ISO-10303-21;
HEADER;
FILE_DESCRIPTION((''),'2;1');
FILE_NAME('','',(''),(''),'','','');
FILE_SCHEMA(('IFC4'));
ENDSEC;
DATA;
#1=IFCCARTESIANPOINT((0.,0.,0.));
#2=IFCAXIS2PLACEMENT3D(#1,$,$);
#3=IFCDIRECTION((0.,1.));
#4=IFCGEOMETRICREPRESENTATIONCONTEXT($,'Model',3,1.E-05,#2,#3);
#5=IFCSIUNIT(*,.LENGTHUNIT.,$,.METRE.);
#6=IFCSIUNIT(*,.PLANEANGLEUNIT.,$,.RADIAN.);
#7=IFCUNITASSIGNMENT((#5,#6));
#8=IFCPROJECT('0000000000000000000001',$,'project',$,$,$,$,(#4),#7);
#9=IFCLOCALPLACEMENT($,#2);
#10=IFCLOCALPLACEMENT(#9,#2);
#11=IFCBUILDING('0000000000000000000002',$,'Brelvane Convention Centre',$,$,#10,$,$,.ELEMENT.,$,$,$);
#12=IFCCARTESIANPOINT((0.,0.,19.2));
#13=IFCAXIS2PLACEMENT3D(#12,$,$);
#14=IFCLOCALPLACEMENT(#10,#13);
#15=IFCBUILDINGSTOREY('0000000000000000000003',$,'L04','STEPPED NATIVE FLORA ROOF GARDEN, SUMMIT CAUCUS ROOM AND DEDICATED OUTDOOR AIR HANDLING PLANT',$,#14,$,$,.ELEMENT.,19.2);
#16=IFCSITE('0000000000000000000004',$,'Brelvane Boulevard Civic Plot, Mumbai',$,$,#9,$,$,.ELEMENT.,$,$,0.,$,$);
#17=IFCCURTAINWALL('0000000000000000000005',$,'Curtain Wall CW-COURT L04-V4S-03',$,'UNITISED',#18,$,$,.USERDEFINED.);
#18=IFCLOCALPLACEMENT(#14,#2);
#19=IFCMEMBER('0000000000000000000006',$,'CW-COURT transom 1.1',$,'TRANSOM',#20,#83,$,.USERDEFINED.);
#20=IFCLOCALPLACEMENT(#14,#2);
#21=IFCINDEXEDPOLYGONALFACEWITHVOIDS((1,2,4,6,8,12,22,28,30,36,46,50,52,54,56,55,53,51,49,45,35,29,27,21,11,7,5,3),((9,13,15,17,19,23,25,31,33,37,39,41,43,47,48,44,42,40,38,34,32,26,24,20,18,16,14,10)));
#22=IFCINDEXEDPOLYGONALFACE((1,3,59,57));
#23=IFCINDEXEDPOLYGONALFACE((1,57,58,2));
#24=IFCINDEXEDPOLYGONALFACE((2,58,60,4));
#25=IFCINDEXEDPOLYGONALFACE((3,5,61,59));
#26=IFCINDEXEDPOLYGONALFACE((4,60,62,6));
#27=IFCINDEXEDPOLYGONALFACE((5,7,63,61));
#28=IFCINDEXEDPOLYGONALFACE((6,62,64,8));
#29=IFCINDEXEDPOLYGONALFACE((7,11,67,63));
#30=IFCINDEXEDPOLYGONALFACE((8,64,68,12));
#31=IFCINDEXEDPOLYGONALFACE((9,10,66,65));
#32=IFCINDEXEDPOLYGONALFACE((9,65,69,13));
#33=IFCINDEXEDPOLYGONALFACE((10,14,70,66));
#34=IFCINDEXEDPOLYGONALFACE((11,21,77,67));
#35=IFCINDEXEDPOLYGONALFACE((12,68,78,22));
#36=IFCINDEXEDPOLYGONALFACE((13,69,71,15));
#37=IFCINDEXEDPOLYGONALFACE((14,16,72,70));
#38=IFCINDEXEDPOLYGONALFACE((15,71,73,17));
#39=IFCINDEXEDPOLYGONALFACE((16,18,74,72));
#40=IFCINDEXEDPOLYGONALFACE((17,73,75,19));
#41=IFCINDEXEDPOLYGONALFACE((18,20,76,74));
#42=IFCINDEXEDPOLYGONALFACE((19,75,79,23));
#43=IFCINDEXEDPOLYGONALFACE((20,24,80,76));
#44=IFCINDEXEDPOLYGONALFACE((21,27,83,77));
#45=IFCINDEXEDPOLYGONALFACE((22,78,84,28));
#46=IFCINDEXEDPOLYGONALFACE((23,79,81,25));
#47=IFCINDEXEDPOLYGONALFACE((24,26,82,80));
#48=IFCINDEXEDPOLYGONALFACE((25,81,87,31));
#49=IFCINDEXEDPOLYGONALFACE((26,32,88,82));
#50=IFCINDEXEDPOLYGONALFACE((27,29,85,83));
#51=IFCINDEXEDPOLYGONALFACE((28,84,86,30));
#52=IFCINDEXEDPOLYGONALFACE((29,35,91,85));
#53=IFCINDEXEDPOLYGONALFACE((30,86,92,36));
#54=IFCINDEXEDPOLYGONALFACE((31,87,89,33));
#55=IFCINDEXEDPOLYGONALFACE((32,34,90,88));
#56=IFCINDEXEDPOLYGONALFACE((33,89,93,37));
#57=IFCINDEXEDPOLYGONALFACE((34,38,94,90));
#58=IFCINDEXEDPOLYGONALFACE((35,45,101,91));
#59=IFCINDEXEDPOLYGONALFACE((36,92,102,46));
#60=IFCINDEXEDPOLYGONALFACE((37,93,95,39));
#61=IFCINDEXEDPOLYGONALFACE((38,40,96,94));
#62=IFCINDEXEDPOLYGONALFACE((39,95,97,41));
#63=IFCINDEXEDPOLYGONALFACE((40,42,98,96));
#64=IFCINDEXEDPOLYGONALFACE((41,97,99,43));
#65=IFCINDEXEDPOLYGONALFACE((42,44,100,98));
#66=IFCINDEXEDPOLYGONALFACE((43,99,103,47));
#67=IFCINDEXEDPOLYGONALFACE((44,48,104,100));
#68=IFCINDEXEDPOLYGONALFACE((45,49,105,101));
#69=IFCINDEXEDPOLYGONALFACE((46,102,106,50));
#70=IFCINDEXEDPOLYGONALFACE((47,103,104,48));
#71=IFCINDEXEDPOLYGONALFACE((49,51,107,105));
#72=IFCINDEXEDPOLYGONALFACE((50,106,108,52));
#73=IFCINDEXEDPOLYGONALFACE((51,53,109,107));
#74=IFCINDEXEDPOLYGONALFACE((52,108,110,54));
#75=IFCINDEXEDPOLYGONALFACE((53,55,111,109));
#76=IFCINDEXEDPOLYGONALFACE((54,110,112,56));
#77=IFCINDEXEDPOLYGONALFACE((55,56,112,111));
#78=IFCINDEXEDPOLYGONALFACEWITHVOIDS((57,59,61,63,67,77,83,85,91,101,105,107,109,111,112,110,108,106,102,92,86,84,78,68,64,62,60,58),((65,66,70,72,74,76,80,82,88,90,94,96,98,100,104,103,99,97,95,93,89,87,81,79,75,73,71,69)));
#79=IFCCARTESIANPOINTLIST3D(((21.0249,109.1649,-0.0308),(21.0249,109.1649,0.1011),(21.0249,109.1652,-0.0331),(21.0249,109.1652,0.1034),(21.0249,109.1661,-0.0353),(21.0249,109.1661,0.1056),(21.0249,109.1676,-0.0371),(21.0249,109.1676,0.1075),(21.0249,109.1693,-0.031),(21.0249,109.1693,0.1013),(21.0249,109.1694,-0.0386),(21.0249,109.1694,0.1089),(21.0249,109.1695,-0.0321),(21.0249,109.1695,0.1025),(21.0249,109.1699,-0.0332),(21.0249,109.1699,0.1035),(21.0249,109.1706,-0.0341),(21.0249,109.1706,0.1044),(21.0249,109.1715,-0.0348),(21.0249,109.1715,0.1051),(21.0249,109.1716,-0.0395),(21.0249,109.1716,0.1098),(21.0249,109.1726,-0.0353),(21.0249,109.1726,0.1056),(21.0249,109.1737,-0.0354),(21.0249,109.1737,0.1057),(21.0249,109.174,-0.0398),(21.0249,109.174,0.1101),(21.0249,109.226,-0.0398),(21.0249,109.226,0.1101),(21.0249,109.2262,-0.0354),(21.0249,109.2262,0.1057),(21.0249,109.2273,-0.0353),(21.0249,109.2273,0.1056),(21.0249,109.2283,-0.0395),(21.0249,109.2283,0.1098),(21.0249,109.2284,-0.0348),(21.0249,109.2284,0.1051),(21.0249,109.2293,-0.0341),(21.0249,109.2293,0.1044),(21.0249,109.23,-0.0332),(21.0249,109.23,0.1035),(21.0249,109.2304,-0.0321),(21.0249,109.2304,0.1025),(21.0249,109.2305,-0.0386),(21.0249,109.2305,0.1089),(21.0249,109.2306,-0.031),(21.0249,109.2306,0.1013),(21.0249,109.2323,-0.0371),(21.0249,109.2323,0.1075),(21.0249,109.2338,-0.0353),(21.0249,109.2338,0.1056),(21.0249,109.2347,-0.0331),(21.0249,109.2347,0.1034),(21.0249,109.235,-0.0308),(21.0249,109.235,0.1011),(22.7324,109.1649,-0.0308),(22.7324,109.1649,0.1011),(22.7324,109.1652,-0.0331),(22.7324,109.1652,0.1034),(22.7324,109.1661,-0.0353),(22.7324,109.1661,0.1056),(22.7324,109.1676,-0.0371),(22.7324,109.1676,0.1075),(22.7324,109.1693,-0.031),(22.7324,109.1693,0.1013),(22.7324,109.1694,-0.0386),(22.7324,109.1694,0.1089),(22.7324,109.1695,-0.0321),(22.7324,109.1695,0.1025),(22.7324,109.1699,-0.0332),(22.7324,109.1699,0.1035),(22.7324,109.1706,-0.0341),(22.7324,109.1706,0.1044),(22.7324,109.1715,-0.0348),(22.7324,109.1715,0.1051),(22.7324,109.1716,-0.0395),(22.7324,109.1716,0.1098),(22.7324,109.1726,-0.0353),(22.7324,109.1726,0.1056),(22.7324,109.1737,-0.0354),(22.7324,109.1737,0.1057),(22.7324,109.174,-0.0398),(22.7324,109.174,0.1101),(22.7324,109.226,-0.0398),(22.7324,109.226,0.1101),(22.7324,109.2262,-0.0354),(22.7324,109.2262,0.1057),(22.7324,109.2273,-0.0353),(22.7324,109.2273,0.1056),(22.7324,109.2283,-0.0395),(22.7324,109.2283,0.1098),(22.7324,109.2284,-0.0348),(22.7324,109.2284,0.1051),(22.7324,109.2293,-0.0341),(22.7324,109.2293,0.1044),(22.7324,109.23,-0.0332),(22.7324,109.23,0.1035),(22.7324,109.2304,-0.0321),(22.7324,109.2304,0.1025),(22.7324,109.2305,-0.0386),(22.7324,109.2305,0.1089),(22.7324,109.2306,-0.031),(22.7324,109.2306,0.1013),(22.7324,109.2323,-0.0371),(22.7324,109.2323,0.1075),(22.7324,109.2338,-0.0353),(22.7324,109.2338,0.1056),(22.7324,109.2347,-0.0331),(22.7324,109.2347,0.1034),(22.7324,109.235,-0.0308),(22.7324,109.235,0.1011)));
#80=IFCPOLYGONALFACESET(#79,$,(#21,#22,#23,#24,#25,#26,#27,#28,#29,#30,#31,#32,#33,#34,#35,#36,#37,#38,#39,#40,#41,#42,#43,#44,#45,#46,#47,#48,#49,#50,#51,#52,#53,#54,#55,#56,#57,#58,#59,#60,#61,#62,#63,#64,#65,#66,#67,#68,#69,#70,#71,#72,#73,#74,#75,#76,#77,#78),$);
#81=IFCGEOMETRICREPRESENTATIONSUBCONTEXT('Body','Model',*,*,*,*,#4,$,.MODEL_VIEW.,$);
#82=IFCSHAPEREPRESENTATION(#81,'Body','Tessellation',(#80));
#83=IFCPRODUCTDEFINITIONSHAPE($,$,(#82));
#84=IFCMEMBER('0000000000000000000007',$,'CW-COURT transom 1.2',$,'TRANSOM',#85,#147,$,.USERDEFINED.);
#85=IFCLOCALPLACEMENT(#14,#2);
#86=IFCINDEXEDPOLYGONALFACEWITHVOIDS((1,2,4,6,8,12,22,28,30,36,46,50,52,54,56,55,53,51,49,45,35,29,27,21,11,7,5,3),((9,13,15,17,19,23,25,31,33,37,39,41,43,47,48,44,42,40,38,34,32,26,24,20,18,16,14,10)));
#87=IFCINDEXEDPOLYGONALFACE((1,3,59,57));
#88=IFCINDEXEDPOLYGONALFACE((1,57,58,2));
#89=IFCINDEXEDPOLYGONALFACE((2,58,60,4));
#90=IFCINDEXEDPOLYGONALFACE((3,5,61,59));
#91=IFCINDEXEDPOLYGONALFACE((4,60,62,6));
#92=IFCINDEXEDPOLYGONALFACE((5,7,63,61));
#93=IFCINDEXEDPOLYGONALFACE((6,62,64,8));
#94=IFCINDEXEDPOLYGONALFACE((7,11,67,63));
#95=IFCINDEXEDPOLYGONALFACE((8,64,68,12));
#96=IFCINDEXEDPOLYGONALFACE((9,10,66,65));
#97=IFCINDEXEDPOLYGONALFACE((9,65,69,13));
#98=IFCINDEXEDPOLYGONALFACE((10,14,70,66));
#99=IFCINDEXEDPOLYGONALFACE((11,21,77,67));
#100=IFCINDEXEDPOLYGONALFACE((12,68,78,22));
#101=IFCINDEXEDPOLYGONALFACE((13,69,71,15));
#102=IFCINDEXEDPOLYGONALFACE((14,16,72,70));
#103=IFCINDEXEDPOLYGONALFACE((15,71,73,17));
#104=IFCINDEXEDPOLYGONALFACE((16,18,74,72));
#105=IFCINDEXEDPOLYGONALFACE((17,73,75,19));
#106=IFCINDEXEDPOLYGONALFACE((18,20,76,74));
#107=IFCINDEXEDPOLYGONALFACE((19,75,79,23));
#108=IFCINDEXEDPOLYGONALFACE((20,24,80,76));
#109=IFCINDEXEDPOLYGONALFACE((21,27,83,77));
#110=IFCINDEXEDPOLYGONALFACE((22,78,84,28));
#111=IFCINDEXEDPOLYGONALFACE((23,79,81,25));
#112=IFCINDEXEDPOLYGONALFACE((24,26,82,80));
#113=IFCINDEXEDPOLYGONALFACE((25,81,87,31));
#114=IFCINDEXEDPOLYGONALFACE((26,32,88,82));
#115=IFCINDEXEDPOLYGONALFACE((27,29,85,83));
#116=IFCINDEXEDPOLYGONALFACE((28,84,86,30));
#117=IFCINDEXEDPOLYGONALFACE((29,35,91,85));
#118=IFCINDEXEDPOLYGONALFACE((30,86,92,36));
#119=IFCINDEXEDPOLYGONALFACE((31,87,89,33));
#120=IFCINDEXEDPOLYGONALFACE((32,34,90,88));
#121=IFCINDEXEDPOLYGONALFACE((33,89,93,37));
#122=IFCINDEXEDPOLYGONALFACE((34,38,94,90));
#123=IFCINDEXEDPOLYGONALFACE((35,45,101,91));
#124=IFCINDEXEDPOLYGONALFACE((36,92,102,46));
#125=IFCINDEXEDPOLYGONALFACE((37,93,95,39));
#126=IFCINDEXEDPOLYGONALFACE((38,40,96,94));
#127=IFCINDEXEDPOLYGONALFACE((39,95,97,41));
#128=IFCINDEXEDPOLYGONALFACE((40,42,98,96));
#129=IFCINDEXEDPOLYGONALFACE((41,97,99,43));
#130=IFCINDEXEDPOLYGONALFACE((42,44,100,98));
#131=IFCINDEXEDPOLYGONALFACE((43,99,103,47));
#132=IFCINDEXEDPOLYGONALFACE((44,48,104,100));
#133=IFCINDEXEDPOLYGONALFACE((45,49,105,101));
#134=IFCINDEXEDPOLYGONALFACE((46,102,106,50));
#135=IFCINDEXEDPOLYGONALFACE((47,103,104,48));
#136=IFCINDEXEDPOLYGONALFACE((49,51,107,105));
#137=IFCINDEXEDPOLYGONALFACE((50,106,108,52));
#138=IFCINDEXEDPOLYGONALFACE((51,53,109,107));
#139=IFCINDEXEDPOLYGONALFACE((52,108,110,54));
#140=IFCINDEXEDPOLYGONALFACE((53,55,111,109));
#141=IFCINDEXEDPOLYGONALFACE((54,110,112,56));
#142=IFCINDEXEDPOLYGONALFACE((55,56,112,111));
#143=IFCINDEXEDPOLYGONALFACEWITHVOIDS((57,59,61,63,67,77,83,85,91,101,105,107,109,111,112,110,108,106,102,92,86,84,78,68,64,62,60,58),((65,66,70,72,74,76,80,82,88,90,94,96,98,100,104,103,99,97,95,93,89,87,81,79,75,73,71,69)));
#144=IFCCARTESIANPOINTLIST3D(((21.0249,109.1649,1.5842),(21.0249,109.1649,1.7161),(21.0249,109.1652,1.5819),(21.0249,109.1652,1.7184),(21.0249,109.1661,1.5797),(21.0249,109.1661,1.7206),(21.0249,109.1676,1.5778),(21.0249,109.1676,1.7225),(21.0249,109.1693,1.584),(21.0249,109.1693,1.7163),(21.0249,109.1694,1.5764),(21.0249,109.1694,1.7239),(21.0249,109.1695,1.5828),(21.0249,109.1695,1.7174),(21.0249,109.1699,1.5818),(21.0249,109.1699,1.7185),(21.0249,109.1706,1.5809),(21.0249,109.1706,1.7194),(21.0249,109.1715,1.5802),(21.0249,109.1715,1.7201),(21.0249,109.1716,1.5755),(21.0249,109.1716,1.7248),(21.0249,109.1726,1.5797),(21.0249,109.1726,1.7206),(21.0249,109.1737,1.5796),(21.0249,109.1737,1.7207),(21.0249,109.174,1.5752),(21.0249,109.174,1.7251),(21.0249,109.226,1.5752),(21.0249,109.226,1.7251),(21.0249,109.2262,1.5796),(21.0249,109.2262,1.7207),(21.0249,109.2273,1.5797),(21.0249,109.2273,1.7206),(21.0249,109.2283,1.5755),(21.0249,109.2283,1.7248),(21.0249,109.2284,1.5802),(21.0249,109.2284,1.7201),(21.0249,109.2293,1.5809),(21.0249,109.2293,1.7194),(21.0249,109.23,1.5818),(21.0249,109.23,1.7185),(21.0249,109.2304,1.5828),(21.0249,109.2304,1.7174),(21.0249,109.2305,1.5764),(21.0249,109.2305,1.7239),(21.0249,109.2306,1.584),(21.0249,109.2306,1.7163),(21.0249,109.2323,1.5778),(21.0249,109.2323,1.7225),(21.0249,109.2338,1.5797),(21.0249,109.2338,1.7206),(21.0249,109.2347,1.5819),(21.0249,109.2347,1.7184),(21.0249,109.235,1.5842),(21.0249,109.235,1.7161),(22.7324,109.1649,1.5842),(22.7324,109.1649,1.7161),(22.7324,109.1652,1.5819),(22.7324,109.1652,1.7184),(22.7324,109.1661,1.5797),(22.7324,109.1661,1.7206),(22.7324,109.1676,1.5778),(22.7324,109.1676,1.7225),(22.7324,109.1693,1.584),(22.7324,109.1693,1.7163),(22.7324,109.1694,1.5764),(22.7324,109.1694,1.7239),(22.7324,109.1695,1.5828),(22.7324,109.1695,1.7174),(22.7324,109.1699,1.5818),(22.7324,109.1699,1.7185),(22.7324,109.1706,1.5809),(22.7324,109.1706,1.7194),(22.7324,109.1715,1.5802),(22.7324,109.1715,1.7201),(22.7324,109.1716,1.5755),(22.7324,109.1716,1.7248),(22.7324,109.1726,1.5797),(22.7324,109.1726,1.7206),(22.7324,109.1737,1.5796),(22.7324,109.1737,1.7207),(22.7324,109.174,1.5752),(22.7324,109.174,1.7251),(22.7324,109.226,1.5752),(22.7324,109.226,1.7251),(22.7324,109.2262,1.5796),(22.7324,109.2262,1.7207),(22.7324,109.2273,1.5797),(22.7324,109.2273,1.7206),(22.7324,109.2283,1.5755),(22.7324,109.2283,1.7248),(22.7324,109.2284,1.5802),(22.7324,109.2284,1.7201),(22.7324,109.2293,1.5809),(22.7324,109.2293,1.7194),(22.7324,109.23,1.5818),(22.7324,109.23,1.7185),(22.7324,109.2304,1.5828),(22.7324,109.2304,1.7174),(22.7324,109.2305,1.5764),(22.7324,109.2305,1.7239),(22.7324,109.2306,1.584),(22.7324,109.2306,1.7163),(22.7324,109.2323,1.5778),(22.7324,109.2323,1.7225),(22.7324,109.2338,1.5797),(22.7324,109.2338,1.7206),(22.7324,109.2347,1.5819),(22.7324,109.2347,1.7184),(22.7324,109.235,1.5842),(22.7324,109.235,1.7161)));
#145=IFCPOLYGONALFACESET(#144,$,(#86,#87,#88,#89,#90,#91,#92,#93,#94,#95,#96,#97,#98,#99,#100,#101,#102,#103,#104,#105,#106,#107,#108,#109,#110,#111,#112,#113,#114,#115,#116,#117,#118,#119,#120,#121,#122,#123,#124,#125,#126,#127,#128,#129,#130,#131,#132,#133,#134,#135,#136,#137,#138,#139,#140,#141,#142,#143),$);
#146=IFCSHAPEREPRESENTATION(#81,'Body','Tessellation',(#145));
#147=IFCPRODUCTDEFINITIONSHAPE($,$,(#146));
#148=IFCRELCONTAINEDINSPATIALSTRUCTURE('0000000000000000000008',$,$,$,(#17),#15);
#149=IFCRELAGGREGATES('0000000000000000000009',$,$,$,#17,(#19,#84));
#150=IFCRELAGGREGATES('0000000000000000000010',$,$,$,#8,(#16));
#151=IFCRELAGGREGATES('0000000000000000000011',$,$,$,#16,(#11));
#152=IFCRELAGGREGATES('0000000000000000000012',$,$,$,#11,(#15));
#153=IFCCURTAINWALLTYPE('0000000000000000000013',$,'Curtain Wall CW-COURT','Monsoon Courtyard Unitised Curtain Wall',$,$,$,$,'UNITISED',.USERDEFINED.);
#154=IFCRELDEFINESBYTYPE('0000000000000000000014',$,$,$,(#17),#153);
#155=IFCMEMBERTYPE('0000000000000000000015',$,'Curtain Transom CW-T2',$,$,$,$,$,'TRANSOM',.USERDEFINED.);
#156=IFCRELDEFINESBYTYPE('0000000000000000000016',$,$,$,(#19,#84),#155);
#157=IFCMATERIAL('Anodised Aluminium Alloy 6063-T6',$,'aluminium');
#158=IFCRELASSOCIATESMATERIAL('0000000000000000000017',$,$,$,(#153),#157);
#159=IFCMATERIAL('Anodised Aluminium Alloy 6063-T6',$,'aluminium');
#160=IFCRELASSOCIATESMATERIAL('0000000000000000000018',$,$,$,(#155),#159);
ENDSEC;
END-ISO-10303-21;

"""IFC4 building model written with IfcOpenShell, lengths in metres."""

from ifc_helpers import new_model, si_unit, direction, frame, origin, origin_2d, place, context, subcontext, project, spatial, hollow_rectangle, extrude, material, material_profile, profile_set, type_object, element, aggregate, save


model = new_model("IFC4")

# Units and contexts
model_context = context("Model", 3, precision=1e-05, world=origin(), true_north=direction((0.0, 1.0)))
body_context = subcontext(model_context, "Body", "Model", "MODEL_VIEW")
ifc_project = project(units=[si_unit("LENGTHUNIT", "METRE"), si_unit("PLANEANGLEUNIT", "RADIAN")], contexts=[model_context])

# Site, building, storey
site_placement = place(None, origin())
site = spatial("IfcSite", under=ifc_project, at=site_placement, Name="Brelvane Boulevard Civic Plot, Mumbai", CompositionType="ELEMENT", RefElevation=0.0)
building_placement = place(site_placement, origin())
building = spatial("IfcBuilding", under=site, at=building_placement, Name="Brelvane Convention Centre", CompositionType="ELEMENT")
storey_placement = place(building_placement, frame((0.0, 0.0, 19.2)))
storey = spatial("IfcBuildingStorey", under=building, at=storey_placement, Name="L04", Description="STEPPED NATIVE FLORA ROOF GARDEN, SUMMIT CAUCUS ROOM AND DEDICATED OUTDOOR AIR HANDLING PLANT", CompositionType="ELEMENT", Elevation=19.2)

# Curtain wall, members
ifc_material_1 = material(Name="Anodised Aluminium Alloy 6063-T6", Category="aluminium")
curtain_wall_type = type_object("IfcCurtainWallType", Name="Curtain Wall CW-COURT", Description="Monsoon Courtyard Unitised Curtain Wall", ElementType="UNITISED", PredefinedType="USERDEFINED", material=ifc_material_1)
curtain_wall_placement = place(storey_placement, origin())
curtain_wall = element("IfcCurtainWall", 1, at=curtain_wall_placement, inside=storey, type_object=curtain_wall_type, Name="Curtain Wall CW-COURT L04-V4S-03", ObjectType="UNITISED", PredefinedType="USERDEFINED")
ifc_material_2 = material(Name="Anodised Aluminium Alloy 6063-T6", Category="aluminium")
ifc_material_profile_1 = material_profile(ifc_material_2, hollow_rectangle(XDim=0.0701, YDim=0.1499, WallThickness=0.0044, InnerFilletRadius=0.0044, OuterFilletRadius=0.009, at=origin_2d()), Name="ALU-T 150x70x4.5")
ifc_profile_set_1 = profile_set([ifc_material_profile_1], Name="Anodised Aluminium Alloy 6063-T6")
member_type_1 = type_object("IfcMemberType", Name="Curtain Transom CW-T2", ElementType="TRANSOM", PredefinedType="USERDEFINED", material=ifc_profile_set_1)
member_1_placement = place(storey_placement, frame((21.0249, 109.2, 0.0352), z_axis=(1.0, 0.0, 0.0), x_axis=(0.0, 1.0, 0.0)))
member_1 = element("IfcMember", 2, at=member_1_placement, type_object=member_type_1, Name="CW-COURT transom 1.1", ObjectType="TRANSOM", PredefinedType="USERDEFINED", context=body_context, shape_type="SweptSolid", body=[
    extrude(hollow_rectangle(XDim=0.0701, YDim=0.1499, WallThickness=0.0044, InnerFilletRadius=0.0044, OuterFilletRadius=0.009, at=origin_2d()), origin(), (0.0, 0.0, 1.0), 1.7075),
])
member_2_placement = place(storey_placement, frame((21.0249, 109.2, 1.6501), z_axis=(1.0, 0.0, 0.0), x_axis=(0.0, 1.0, 0.0)))
member_2 = element("IfcMember", 3, at=member_2_placement, type_object=member_type_1, Name="CW-COURT transom 1.2", ObjectType="TRANSOM", PredefinedType="USERDEFINED", context=body_context, shape_type="SweptSolid", body=[
    extrude(hollow_rectangle(XDim=0.0701, YDim=0.1499, WallThickness=0.0044, InnerFilletRadius=0.0044, OuterFilletRadius=0.009, at=origin_2d()), origin(), (0.0, 0.0, 1.0), 1.7075),
])
aggregate(curtain_wall, [member_1, member_2])

save(model, "model.ifc")
